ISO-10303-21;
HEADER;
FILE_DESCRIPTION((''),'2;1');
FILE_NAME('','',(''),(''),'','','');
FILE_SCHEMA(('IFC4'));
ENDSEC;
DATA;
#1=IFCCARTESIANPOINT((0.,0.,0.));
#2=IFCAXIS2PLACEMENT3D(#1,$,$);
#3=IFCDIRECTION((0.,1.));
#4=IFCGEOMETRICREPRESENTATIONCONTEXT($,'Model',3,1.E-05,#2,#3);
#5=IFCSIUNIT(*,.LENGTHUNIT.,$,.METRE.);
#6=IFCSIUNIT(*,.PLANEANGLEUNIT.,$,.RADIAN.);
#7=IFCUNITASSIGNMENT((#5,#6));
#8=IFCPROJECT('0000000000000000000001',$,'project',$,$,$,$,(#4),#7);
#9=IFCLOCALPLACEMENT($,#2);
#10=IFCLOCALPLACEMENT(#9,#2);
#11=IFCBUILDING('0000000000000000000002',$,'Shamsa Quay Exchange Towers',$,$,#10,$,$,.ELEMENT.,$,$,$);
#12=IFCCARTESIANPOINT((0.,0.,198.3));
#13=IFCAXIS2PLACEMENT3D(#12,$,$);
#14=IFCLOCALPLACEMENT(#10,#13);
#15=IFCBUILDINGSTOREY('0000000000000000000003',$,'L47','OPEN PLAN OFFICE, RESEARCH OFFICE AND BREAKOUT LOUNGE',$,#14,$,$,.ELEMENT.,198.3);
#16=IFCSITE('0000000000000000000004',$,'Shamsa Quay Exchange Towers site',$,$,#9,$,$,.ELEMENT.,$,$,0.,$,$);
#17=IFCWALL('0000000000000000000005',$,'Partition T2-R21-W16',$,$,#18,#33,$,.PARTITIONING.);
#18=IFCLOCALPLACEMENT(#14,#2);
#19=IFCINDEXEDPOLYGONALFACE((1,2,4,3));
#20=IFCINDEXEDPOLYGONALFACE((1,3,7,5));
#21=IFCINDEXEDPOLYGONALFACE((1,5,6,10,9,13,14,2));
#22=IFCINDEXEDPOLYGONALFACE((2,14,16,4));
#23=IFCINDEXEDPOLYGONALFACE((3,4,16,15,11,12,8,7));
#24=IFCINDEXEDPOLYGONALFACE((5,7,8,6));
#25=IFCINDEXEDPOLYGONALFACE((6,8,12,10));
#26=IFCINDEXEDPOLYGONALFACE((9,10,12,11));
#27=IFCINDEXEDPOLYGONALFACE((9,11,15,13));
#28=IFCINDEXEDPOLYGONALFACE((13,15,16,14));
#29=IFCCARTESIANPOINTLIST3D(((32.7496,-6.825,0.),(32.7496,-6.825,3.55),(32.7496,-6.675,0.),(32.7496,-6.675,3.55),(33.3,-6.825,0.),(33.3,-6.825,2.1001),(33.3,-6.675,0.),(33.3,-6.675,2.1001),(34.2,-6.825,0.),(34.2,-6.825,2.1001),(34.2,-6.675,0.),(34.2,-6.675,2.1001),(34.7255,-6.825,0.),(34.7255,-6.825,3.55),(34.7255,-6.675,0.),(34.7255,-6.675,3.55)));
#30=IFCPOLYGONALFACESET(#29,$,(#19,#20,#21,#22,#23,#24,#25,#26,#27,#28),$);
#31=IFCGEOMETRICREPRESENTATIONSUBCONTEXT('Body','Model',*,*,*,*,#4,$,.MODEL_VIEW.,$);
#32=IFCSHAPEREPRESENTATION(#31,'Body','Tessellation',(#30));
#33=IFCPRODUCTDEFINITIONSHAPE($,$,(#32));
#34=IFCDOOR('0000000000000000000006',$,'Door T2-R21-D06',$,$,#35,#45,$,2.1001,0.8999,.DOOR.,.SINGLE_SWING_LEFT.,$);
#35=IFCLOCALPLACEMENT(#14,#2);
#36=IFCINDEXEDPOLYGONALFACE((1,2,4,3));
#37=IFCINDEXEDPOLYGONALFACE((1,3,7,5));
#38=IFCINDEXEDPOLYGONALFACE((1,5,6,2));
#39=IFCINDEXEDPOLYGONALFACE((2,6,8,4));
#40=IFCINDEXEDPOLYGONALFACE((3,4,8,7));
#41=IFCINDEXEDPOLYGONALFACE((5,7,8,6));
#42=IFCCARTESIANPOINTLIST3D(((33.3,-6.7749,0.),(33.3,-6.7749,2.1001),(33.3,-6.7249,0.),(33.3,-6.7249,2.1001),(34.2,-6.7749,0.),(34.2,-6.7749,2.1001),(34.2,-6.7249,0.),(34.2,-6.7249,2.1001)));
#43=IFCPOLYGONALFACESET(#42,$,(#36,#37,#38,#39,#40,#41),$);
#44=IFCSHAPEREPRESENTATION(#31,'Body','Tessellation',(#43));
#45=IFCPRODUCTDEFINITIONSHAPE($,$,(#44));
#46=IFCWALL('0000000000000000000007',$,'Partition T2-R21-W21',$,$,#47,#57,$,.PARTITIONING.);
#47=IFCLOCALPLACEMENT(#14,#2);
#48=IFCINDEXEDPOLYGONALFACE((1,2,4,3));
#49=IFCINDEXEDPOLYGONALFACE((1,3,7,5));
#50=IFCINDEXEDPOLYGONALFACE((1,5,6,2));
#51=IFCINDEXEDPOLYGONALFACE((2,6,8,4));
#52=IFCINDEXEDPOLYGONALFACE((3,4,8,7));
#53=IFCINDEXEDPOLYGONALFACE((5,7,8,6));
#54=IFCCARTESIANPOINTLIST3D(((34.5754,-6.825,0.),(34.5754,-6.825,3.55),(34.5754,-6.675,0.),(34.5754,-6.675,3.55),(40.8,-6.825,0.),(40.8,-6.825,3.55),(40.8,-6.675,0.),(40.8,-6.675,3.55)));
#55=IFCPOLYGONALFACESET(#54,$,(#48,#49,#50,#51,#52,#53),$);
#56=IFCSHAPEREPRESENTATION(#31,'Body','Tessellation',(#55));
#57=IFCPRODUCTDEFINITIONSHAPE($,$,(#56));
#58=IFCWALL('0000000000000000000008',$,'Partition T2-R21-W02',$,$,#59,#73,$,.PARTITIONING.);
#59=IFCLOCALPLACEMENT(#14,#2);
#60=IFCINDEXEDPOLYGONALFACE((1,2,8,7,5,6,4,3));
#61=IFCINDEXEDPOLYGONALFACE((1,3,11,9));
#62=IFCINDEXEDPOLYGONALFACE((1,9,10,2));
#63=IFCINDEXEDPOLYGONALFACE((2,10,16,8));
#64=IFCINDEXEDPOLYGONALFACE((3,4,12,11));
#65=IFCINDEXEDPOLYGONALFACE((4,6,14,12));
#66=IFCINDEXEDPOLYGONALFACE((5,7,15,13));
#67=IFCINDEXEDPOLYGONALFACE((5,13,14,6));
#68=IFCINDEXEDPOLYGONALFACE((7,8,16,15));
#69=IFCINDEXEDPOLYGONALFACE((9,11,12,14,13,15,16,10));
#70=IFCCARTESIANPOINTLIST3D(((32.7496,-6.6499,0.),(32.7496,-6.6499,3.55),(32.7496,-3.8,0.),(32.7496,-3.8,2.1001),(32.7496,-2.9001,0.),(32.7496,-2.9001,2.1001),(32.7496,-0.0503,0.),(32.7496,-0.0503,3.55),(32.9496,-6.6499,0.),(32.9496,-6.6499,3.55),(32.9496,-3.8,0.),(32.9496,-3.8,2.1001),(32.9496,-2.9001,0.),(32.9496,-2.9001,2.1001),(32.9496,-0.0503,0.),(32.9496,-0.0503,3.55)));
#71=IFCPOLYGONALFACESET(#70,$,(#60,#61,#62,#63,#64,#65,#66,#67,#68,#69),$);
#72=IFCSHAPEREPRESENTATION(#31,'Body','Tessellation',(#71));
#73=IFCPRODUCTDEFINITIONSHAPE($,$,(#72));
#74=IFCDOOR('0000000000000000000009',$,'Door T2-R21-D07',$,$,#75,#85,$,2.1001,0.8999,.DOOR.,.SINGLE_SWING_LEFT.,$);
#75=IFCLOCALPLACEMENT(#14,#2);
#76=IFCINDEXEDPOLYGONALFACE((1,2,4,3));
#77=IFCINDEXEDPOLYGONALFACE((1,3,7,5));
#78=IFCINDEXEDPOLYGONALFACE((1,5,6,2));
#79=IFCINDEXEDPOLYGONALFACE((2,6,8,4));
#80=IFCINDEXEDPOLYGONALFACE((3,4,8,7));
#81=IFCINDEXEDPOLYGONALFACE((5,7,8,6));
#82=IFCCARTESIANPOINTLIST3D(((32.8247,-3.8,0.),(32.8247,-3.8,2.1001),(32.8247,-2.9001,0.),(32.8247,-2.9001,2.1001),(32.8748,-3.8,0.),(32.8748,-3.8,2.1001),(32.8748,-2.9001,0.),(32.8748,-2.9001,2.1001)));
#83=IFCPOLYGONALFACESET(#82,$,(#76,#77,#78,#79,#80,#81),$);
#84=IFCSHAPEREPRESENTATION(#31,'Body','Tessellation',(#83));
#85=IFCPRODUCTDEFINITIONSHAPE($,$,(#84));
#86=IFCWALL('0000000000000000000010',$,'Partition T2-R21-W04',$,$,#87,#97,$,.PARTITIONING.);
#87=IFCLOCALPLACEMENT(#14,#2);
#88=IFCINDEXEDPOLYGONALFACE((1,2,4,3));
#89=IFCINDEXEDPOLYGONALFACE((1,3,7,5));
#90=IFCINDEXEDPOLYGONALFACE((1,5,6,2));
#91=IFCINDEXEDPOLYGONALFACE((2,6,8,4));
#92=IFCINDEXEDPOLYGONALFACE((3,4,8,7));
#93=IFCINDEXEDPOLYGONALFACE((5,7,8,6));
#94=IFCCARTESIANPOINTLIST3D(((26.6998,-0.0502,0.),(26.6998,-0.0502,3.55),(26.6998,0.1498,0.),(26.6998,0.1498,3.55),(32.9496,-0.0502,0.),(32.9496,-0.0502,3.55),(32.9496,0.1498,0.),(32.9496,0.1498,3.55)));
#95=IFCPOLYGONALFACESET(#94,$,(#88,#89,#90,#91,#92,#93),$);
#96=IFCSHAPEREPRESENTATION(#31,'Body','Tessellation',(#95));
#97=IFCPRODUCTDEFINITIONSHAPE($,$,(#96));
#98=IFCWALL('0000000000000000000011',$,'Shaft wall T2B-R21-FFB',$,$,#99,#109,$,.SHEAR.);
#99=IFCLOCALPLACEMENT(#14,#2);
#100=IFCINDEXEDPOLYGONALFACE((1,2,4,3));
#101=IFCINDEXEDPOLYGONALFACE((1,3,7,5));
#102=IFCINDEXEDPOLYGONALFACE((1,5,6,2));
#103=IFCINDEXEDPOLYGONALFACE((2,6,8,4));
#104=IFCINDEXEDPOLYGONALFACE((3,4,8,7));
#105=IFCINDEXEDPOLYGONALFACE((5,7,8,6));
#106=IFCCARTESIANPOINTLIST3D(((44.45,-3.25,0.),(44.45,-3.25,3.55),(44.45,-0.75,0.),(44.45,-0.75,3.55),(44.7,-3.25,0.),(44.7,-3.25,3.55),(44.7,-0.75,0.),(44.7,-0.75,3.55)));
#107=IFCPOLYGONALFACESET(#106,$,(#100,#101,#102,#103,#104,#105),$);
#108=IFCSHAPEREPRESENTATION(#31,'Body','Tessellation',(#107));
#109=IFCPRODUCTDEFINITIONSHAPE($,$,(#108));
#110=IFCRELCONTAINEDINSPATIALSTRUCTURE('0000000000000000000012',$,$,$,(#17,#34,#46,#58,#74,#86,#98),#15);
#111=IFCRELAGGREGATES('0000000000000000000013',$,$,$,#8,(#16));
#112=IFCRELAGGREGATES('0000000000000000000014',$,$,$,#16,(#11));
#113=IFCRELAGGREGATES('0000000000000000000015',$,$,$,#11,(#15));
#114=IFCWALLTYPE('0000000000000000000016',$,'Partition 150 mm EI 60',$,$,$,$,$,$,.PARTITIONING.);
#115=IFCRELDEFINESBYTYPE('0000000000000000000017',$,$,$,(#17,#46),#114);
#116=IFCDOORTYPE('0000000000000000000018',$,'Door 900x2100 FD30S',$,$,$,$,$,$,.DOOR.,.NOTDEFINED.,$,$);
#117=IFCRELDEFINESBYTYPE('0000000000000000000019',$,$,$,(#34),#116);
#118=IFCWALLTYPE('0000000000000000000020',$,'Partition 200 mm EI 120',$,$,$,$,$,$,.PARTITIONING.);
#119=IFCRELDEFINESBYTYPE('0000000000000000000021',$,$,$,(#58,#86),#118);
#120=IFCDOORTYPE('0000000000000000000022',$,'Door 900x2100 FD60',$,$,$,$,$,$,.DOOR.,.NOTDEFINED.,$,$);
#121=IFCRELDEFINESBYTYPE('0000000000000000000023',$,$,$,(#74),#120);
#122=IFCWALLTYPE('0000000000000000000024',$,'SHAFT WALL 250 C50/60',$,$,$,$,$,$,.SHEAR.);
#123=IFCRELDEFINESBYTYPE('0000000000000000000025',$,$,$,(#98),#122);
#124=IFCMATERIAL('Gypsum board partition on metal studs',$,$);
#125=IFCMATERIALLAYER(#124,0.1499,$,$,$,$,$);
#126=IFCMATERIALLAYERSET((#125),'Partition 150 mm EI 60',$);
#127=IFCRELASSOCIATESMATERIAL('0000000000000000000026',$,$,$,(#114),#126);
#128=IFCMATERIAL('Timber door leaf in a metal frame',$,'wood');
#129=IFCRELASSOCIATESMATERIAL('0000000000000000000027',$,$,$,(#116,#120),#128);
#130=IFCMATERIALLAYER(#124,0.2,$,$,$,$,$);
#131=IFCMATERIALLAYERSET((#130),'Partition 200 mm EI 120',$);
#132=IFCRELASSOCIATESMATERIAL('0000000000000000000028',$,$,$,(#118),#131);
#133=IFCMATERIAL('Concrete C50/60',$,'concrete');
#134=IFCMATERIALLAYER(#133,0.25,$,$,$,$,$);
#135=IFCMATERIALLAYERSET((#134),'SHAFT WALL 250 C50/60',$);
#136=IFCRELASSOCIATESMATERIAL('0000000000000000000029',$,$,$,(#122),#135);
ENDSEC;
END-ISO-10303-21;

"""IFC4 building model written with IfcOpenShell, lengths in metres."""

from ifc_helpers import new_model, si_unit, direction, frame, frame_2d, origin, place, context, subcontext, project, spatial, rectangle, extrude, material, layer, layer_set, type_object, element, fill, save


model = new_model("IFC4")

# Units and contexts
model_context = context("Model", 3, precision=1e-05, world=origin(), true_north=direction((0.0, 1.0)))
body_context = subcontext(model_context, "Body", "Model", "MODEL_VIEW")
ifc_project = project(units=[si_unit("LENGTHUNIT", "METRE"), si_unit("PLANEANGLEUNIT", "RADIAN")], contexts=[model_context])

# Site, building, storey
site_placement = place(None, origin())
site = spatial("IfcSite", under=ifc_project, at=site_placement, Name="Shamsa Quay Exchange Towers site", CompositionType="ELEMENT", RefElevation=0.0)
building_placement = place(site_placement, origin())
building = spatial("IfcBuilding", under=site, at=building_placement, Name="Shamsa Quay Exchange Towers", CompositionType="ELEMENT")
storey_placement = place(building_placement, frame((0.0, 0.0, 198.3)))
storey = spatial("IfcBuildingStorey", under=building, at=storey_placement, Name="L47", Description="OPEN PLAN OFFICE, RESEARCH OFFICE AND BREAKOUT LOUNGE", CompositionType="ELEMENT", Elevation=198.3)

# Shared definitions
ifc_material_1 = material(Name="Gypsum board partition on metal studs")
ifc_layer_1 = layer(ifc_material_1, 0.1499)
ifc_layer_set_1 = layer_set([ifc_layer_1], Name="Partition 150 mm EI 60")
wall_type_1 = type_object("IfcWallType", Name="Partition 150 mm EI 60", PredefinedType="PARTITIONING", material=ifc_layer_set_1)

# Wall, opening, door
ifc_material_2 = material(Name="Timber door leaf in a metal frame", Category="wood")
door_type_1 = type_object("IfcDoorType", Name="Door 900x2100 FD30S", OperationType="NOTDEFINED", PredefinedType="DOOR", material=ifc_material_2)
wall_1_placement = place(storey_placement, frame((34.7253, -6.75, 0.0), z_axis=(0.0, 0.0, 1.0), x_axis=(-1.0, 0.0, 0.0)))
wall_1 = element("IfcWall", 1, at=wall_1_placement, inside=storey, type_object=wall_type_1, Name="Partition T2-R21-W16", PredefinedType="PARTITIONING", context=body_context, shape_type="SweptSolid", body=[
    extrude(rectangle(XDim=1.9758, YDim=0.1499, at=frame_2d((0.9878, 0.0))), origin(), (0.0, 0.0, 1.0), 3.55),
])
opening_1_placement = place(wall_1_placement, frame((0.5254, 0.0, 0.0)))
opening_1 = element("IfcOpeningElement", 2, at=opening_1_placement, cuts=wall_1, PredefinedType="OPENING", context=body_context, shape_type="SweptSolid", body=[
    extrude(rectangle(XDim=0.8999, YDim=2.1001, at=frame_2d((0.45, 1.05))), frame((0.0, 0.085, 0.0), z_axis=(0.0, -1.0, 0.0), x_axis=(1.0, 0.0, 0.0)), (0.0, 0.0, 1.0), 0.1699),
])
door_1_placement = place(opening_1_placement, origin())
door_1 = element("IfcDoor", 3, at=door_1_placement, inside=storey, type_object=door_type_1, Name="Door T2-R21-D06", OperationType="SINGLE_SWING_LEFT", OverallHeight=2.1001, OverallWidth=0.8999, PredefinedType="DOOR", context=body_context, shape_type="SweptSolid", body=[
    extrude(rectangle(XDim=0.8999, YDim=2.1001, at=frame_2d((0.45, 1.05))), frame((0.0, 0.0249, 0.0), z_axis=(0.0, -1.0, 0.0), x_axis=(1.0, 0.0, 0.0)), (0.0, 0.0, 1.0), 0.05),
])
fill(opening_1, door_1)

# Wall
wall_2_placement = place(storey_placement, frame((34.5754, -6.75, 0.0)))
element("IfcWall", 4, at=wall_2_placement, inside=storey, type_object=wall_type_1, Name="Partition T2-R21-W21", PredefinedType="PARTITIONING", context=body_context, shape_type="SweptSolid", body=[
    extrude(rectangle(XDim=6.2246, YDim=0.1499, at=frame_2d((3.1123, 0.0))), origin(), (0.0, 0.0, 1.0), 3.55),
])

# Wall, opening, door
ifc_layer_2 = layer(ifc_material_1, 0.2)
ifc_layer_set_2 = layer_set([ifc_layer_2], Name="Partition 200 mm EI 120")
wall_type_2 = type_object("IfcWallType", Name="Partition 200 mm EI 120", PredefinedType="PARTITIONING", material=ifc_layer_set_2)
wall_3_placement = place(storey_placement, frame((32.8496, -6.6499, 0.0), z_axis=(0.0, 0.0, 1.0), x_axis=(0.0, 1.0, 0.0)))
wall_3 = element("IfcWall", 5, at=wall_3_placement, inside=storey, type_object=wall_type_2, Name="Partition T2-R21-W02", PredefinedType="PARTITIONING", context=body_context, shape_type="SweptSolid", body=[
    extrude(rectangle(XDim=6.5996, YDim=0.2, at=frame_2d((3.2998, 0.0))), origin(), (0.0, 0.0, 1.0), 3.55),
])
opening_2_placement = place(wall_3_placement, frame((2.8499, 0.0, 0.0)))
opening_2 = element("IfcOpeningElement", 6, at=opening_2_placement, cuts=wall_3, PredefinedType="OPENING", context=body_context, shape_type="SweptSolid", body=[
    extrude(rectangle(XDim=0.8999, YDim=2.1001, at=frame_2d((0.45, 1.05))), frame((0.0, 0.1099, 0.0), z_axis=(0.0, -1.0, 0.0), x_axis=(1.0, 0.0, 0.0)), (0.0, 0.0, 1.0), 0.22),
])
door_type_2 = type_object("IfcDoorType", Name="Door 900x2100 FD60", OperationType="NOTDEFINED", PredefinedType="DOOR", material=ifc_material_2)
door_2_placement = place(opening_2_placement, origin())
door_2 = element("IfcDoor", 7, at=door_2_placement, inside=storey, type_object=door_type_2, Name="Door T2-R21-D07", OperationType="SINGLE_SWING_LEFT", OverallHeight=2.1001, OverallWidth=0.8999, PredefinedType="DOOR", context=body_context, shape_type="SweptSolid", body=[
    extrude(rectangle(XDim=0.8999, YDim=2.1001, at=frame_2d((0.45, 1.05))), frame((0.0, 0.0249, 0.0), z_axis=(0.0, -1.0, 0.0), x_axis=(1.0, 0.0, 0.0)), (0.0, 0.0, 1.0), 0.05),
])
fill(opening_2, door_2)

# Walls
wall_4_placement = place(storey_placement, frame((32.9497, 0.0498, 0.0), z_axis=(0.0, 0.0, 1.0), x_axis=(-1.0, 0.0, 0.0)))
element("IfcWall", 8, at=wall_4_placement, inside=storey, type_object=wall_type_2, Name="Partition T2-R21-W04", PredefinedType="PARTITIONING", context=body_context, shape_type="SweptSolid", body=[
    extrude(rectangle(XDim=6.2498, YDim=0.2, at=frame_2d((3.125, 0.0))), origin(), (0.0, 0.0, 1.0), 3.55),
])
ifc_material_3 = material(Name="Concrete C50/60", Category="concrete")
ifc_layer_3 = layer(ifc_material_3, 0.25)
ifc_layer_set_3 = layer_set([ifc_layer_3], Name="SHAFT WALL 250 C50/60")
wall_type_3 = type_object("IfcWallType", Name="SHAFT WALL 250 C50/60", PredefinedType="SHEAR", material=ifc_layer_set_3)
wall_5_placement = place(storey_placement, frame((44.575, -3.25, 0.0), z_axis=(0.0, 0.0, 1.0), x_axis=(0.0, 1.0, 0.0)))
element("IfcWall", 9, at=wall_5_placement, inside=storey, type_object=wall_type_3, Name="Shaft wall T2B-R21-FFB", PredefinedType="SHEAR", context=body_context, shape_type="SweptSolid", body=[
    extrude(rectangle(XDim=2.5, YDim=0.25, at=frame_2d((1.25, 0.0))), origin(), (0.0, 0.0, 1.0), 3.55),
])

save(model, "model.ifc")
